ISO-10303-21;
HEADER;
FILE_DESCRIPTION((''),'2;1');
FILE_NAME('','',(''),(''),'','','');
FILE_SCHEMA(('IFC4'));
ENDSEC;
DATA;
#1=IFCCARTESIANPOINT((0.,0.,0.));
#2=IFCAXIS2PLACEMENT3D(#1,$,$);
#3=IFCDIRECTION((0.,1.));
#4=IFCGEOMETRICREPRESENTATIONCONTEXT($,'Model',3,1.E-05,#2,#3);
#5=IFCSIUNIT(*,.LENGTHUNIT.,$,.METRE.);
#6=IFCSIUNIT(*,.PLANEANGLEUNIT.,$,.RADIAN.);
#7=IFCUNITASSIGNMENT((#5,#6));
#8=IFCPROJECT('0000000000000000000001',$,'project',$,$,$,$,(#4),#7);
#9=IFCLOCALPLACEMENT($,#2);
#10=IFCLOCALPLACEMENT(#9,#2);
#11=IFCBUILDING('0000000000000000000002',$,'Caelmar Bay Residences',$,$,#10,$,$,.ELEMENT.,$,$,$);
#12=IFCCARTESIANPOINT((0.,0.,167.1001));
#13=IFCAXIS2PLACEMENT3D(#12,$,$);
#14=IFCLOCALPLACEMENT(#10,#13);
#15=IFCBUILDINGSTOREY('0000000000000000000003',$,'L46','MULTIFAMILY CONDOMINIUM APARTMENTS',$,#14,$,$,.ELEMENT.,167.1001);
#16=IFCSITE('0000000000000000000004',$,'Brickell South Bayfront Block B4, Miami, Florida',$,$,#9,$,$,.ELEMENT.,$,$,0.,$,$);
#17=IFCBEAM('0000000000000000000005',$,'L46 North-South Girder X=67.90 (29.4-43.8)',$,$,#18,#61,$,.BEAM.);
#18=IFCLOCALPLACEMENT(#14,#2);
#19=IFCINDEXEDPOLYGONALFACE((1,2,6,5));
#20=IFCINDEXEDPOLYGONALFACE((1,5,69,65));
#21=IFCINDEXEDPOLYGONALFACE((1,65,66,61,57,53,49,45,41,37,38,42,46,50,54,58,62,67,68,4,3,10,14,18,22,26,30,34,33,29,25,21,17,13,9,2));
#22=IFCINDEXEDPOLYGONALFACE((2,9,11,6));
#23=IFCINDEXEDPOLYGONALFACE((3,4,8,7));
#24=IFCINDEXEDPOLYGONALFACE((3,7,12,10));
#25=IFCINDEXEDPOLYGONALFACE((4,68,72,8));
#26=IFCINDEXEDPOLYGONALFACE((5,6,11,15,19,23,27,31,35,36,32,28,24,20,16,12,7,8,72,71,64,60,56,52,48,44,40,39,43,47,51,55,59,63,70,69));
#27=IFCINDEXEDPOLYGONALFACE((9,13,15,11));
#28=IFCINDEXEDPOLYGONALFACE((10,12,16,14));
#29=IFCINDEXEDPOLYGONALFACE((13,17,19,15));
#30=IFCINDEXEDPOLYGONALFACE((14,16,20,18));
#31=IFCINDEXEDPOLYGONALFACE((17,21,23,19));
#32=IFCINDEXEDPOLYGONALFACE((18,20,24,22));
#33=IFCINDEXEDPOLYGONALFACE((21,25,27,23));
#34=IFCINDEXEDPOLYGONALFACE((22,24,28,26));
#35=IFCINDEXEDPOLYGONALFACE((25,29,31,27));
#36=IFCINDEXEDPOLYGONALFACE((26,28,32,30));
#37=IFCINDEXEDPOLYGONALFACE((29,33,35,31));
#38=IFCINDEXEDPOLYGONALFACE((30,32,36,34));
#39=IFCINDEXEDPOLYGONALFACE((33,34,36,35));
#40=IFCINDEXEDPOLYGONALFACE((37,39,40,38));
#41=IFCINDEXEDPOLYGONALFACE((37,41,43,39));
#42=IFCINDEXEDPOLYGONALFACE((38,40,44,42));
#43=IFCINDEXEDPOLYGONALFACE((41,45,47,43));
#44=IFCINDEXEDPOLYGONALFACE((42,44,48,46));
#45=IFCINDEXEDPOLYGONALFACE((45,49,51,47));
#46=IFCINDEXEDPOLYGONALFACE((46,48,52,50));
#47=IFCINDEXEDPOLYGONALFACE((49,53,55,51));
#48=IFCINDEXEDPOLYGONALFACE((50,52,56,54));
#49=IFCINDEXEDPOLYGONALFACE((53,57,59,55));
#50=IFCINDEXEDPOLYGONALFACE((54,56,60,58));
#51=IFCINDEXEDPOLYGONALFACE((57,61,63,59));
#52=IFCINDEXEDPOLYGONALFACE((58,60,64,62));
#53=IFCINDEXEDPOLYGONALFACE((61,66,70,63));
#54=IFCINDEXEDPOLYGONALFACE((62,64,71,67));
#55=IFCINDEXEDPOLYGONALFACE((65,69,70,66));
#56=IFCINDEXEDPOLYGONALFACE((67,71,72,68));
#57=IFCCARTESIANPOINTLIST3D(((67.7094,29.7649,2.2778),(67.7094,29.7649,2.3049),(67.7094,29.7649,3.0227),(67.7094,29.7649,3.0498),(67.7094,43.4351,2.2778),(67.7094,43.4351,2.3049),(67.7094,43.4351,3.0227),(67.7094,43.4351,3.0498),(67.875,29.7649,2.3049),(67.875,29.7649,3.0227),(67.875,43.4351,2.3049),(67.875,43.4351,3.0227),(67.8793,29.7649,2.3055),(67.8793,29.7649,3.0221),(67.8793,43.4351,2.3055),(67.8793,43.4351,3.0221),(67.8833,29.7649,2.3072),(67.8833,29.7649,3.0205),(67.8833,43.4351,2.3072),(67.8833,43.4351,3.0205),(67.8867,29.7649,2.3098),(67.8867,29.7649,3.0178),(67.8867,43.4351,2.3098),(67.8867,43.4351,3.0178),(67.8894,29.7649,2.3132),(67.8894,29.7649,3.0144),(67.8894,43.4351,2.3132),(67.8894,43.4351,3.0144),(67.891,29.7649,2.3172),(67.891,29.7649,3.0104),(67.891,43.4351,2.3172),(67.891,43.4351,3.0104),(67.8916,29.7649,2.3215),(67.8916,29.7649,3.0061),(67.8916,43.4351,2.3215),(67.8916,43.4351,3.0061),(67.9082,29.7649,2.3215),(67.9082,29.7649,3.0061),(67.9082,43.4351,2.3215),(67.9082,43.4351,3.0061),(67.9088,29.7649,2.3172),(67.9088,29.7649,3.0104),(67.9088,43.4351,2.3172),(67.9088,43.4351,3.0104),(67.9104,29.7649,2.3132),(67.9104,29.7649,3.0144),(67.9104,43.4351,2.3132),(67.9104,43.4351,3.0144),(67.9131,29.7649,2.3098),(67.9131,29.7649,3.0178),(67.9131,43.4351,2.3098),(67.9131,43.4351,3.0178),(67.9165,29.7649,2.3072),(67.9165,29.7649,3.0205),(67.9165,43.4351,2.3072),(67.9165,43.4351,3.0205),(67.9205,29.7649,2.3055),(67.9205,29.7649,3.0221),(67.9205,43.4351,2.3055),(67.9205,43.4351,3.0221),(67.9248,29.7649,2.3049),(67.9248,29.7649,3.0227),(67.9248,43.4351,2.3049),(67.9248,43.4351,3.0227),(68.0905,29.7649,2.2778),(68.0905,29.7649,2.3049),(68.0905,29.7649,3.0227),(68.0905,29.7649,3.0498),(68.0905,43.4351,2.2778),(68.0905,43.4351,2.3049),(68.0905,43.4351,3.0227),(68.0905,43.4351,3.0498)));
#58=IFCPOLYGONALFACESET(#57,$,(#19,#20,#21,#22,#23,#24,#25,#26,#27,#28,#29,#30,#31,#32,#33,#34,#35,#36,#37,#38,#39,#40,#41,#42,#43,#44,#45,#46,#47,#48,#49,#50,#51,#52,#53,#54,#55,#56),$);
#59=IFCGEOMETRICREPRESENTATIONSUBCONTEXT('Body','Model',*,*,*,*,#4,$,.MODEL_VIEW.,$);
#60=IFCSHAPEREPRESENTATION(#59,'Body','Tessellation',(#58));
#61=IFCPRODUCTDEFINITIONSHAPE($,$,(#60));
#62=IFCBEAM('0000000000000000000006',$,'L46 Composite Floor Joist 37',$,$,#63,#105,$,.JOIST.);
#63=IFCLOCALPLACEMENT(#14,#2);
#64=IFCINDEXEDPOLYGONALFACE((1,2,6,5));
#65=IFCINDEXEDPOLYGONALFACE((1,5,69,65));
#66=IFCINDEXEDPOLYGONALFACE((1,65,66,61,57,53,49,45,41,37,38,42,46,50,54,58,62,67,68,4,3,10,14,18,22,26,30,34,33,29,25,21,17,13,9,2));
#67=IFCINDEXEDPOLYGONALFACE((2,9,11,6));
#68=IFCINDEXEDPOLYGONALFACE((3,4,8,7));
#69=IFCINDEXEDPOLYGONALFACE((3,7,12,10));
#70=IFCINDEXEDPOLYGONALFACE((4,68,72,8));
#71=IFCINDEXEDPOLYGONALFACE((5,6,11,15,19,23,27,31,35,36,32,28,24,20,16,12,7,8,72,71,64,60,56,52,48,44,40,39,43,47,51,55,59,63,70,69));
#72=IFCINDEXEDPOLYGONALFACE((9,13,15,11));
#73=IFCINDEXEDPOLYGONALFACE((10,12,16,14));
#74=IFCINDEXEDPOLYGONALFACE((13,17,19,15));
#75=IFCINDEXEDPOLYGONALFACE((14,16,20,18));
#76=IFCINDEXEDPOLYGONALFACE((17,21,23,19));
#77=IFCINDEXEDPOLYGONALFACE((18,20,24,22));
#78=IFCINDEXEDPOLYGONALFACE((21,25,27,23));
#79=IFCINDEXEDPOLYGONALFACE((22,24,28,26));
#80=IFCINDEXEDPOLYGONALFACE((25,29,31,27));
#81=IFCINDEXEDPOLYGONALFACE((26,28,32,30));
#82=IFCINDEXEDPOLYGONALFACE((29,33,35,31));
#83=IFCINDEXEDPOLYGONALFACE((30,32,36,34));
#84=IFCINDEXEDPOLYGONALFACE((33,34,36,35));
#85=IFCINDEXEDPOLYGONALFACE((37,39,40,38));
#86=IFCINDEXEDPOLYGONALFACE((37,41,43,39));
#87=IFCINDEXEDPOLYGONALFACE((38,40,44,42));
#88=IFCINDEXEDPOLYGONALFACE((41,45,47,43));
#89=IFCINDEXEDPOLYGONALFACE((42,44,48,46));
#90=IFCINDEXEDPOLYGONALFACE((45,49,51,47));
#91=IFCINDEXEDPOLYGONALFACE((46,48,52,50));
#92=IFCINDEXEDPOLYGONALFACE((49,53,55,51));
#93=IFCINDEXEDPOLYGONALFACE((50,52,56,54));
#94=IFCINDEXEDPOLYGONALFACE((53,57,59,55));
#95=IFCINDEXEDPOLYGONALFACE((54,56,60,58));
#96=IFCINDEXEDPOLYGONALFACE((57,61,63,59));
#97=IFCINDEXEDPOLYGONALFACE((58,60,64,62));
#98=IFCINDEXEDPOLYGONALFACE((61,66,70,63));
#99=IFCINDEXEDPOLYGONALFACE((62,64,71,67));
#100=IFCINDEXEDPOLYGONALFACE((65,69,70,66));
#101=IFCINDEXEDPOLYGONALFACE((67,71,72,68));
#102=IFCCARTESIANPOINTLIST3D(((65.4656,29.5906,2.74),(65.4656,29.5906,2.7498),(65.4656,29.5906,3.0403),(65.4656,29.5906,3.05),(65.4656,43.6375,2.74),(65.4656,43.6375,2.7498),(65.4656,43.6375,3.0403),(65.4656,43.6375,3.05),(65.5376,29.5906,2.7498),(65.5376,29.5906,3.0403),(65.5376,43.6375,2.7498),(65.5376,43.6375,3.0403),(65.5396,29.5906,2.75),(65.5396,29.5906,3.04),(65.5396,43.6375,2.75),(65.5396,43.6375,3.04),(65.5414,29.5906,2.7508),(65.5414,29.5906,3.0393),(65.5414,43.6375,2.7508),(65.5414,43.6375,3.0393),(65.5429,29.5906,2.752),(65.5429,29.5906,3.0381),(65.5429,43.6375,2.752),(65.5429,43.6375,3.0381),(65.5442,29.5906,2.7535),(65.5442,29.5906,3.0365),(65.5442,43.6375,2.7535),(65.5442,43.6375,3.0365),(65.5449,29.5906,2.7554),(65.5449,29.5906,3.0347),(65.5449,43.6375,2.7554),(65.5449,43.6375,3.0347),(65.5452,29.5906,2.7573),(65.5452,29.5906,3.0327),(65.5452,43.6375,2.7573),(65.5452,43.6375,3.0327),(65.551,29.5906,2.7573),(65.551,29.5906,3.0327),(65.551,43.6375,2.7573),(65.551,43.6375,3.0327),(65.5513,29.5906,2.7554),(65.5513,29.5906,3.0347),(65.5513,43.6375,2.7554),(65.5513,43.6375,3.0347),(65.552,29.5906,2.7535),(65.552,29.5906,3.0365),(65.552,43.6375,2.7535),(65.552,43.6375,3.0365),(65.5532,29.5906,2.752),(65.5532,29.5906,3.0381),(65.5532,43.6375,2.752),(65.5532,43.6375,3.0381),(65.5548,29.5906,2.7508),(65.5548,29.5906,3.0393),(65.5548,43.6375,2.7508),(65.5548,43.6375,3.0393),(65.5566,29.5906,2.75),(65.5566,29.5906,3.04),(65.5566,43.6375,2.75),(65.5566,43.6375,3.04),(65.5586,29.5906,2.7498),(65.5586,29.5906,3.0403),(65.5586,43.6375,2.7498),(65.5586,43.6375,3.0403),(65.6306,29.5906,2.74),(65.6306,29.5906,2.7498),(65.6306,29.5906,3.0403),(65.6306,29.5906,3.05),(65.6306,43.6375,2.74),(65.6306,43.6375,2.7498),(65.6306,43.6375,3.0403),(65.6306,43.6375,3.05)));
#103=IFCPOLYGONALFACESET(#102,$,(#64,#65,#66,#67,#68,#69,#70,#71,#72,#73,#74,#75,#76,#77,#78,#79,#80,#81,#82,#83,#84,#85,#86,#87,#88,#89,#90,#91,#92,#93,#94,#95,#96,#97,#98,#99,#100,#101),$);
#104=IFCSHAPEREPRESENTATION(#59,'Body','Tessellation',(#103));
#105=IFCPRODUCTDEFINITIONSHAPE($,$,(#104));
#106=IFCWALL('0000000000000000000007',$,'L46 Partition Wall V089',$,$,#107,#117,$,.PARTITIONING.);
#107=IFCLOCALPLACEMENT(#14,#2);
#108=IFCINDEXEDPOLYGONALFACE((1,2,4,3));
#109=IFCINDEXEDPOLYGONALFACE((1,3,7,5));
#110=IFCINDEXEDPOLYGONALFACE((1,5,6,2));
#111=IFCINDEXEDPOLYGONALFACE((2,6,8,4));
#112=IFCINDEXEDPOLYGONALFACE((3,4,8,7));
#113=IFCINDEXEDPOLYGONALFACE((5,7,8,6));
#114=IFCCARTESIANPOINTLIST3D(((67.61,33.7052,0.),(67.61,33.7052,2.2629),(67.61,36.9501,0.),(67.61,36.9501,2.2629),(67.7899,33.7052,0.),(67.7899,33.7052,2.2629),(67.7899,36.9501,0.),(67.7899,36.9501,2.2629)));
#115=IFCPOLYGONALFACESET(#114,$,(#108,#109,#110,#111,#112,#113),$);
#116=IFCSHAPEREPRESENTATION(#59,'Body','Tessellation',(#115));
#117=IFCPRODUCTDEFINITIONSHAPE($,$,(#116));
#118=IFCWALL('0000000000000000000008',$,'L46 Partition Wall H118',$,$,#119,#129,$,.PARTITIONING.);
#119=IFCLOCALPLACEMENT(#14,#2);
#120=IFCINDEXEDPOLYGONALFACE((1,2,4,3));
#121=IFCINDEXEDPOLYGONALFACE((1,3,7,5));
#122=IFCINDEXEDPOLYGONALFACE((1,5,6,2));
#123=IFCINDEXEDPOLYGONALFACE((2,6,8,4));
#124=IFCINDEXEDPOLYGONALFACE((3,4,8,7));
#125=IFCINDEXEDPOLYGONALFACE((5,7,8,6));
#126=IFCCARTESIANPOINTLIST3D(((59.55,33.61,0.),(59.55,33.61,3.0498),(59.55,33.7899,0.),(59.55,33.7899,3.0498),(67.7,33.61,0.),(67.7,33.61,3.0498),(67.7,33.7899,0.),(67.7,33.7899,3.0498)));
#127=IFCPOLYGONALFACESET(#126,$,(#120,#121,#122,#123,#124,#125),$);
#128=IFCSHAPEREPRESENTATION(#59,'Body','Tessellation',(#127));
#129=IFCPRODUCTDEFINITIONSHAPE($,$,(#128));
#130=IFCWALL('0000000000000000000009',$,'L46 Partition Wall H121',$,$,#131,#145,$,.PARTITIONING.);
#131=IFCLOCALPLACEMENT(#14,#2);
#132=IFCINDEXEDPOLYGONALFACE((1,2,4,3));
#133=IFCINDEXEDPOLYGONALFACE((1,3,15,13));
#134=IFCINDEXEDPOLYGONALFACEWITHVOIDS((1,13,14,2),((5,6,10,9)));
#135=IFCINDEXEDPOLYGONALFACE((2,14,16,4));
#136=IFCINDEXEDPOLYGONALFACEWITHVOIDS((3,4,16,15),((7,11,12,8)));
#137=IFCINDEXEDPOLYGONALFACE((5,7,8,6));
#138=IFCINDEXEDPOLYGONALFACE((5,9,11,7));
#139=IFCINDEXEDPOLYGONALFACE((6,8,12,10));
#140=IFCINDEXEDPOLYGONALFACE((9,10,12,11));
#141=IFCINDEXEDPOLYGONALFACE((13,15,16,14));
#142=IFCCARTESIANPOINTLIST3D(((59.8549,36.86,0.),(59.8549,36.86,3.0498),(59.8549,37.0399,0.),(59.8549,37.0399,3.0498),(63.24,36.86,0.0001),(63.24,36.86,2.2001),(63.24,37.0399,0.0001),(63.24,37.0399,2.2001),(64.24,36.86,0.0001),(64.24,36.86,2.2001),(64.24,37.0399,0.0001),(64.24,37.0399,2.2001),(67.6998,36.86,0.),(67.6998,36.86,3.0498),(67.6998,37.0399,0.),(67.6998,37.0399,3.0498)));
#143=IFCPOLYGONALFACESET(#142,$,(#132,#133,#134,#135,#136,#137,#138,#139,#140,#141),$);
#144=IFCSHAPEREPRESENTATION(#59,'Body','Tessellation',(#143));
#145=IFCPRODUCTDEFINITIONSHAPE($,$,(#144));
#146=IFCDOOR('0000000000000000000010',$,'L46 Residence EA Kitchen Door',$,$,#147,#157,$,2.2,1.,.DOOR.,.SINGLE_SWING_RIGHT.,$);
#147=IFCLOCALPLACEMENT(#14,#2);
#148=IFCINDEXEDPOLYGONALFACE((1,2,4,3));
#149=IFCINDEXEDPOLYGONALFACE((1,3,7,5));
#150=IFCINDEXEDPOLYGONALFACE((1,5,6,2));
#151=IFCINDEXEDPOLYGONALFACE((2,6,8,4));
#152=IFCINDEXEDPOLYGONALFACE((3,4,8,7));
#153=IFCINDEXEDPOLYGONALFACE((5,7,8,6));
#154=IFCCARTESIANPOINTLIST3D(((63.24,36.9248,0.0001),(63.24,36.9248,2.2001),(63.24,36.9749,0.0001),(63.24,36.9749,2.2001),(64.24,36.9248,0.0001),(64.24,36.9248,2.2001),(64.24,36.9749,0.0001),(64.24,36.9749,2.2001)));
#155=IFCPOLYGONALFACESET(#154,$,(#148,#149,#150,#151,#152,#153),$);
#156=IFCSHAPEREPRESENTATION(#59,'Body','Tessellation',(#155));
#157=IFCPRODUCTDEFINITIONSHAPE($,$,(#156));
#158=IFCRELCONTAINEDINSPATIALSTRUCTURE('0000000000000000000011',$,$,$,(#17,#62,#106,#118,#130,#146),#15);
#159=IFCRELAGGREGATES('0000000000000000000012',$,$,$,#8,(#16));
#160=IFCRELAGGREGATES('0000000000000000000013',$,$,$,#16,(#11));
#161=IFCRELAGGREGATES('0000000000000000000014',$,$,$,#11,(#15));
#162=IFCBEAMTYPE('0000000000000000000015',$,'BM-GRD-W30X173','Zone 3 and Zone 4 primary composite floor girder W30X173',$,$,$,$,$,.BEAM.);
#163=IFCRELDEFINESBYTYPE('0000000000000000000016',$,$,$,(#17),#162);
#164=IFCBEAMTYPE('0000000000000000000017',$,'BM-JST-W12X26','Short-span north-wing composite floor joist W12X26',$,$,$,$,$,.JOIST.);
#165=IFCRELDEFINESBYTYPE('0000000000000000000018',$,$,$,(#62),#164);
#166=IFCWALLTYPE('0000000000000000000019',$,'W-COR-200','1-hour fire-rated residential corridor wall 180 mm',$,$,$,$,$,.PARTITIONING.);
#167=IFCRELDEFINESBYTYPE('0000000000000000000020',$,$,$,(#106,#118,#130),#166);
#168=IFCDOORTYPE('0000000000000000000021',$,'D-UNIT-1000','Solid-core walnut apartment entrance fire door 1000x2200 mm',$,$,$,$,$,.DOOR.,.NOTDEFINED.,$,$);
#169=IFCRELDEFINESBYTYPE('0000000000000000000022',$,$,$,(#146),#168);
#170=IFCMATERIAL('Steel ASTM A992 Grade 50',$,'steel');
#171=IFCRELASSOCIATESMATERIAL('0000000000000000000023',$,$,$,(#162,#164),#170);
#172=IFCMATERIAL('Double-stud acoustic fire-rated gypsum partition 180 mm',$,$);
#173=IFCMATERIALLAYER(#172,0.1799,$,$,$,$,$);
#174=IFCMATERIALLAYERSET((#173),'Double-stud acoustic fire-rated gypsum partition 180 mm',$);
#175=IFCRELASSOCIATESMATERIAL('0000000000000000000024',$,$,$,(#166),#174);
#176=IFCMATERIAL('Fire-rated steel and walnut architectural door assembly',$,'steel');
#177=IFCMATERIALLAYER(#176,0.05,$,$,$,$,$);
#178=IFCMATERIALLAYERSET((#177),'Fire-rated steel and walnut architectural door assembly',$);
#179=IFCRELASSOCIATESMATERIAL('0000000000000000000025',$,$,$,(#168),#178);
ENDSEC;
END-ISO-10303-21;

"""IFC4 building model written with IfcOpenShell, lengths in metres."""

from ifc_helpers import new_model, si_unit, direction, frame, frame_2d, origin, origin_2d, place, context, subcontext, project, spatial, rectangle, i_section, extrude, material, layer, layer_set, material_profile, profile_set, type_object, element, fill, save


model = new_model("IFC4")

# Units and contexts
model_context = context("Model", 3, precision=1e-05, world=origin(), true_north=direction((0.0, 1.0)))
body_context = subcontext(model_context, "Body", "Model", "MODEL_VIEW")
ifc_project = project(units=[si_unit("LENGTHUNIT", "METRE"), si_unit("PLANEANGLEUNIT", "RADIAN")], contexts=[model_context])

# Site, building, storey
site_placement = place(None, origin())
site = spatial("IfcSite", under=ifc_project, at=site_placement, Name="Brickell South Bayfront Block B4, Miami, Florida", CompositionType="ELEMENT", RefElevation=0.0)
building_placement = place(site_placement, origin())
building = spatial("IfcBuilding", under=site, at=building_placement, Name="Caelmar Bay Residences", CompositionType="ELEMENT")
storey_placement = place(building_placement, frame((0.0, 0.0, 167.1001)))
storey = spatial("IfcBuildingStorey", under=building, at=storey_placement, Name="L46", Description="MULTIFAMILY CONDOMINIUM APARTMENTS", CompositionType="ELEMENT", Elevation=167.1001)

# Beams
ifc_material_1 = material(Name="Steel ASTM A992 Grade 50", Category="steel")
ifc_material_profile_1 = material_profile(ifc_material_1, i_section(OverallWidth=0.3811, OverallDepth=0.772, WebThickness=0.0166, FlangeThickness=0.0271, FilletRadius=0.0166, at=origin_2d()), Name="W30X173")
ifc_profile_set_1 = profile_set([ifc_material_profile_1], Name="Steel ASTM A992 Grade 50")
beam_type_1 = type_object("IfcBeamType", Name="BM-GRD-W30X173", Description="Zone 3 and Zone 4 primary composite floor girder W30X173", PredefinedType="BEAM", material=ifc_profile_set_1)
beam_1_placement = place(storey_placement, frame((67.8999, 29.7649, 2.6638), z_axis=(0.0, 1.0, 0.0), x_axis=(-1.0, 0.0, 0.0)))
element("IfcBeam", 1, at=beam_1_placement, inside=storey, type_object=beam_type_1, Name="L46 North-South Girder X=67.90 (29.4-43.8)", PredefinedType="BEAM", context=body_context, shape_type="SweptSolid", body=[
    extrude(i_section(OverallWidth=0.3811, OverallDepth=0.772, WebThickness=0.0166, FlangeThickness=0.0271, FilletRadius=0.0166, at=origin_2d()), origin(), (0.0, 0.0, 1.0), 13.6702),
])
ifc_material_profile_2 = material_profile(ifc_material_1, i_section(OverallWidth=0.165, OverallDepth=0.3101, WebThickness=0.0059, FlangeThickness=0.0098, FilletRadius=0.0076, at=origin_2d()), Name="W12X26")
ifc_profile_set_2 = profile_set([ifc_material_profile_2], Name="Steel ASTM A992 Grade 50")
beam_type_2 = type_object("IfcBeamType", Name="BM-JST-W12X26", Description="Short-span north-wing composite floor joist W12X26", PredefinedType="JOIST", material=ifc_profile_set_2)
beam_2_placement = place(storey_placement, frame((65.5481, 29.5906, 2.895), z_axis=(0.0, 1.0, 0.0), x_axis=(-1.0, 0.0, 0.0)))
element("IfcBeam", 2, at=beam_2_placement, inside=storey, type_object=beam_type_2, Name="L46 Composite Floor Joist 37", PredefinedType="JOIST", context=body_context, shape_type="SweptSolid", body=[
    extrude(i_section(OverallWidth=0.165, OverallDepth=0.3101, WebThickness=0.0059, FlangeThickness=0.0098, FilletRadius=0.0076, at=origin_2d()), origin(), (0.0, 0.0, 1.0), 14.0469),
])

# Walls
ifc_material_2 = material(Name="Double-stud acoustic fire-rated gypsum partition 180 mm")
ifc_layer_1 = layer(ifc_material_2, 0.1799)
ifc_layer_set_1 = layer_set([ifc_layer_1], Name="Double-stud acoustic fire-rated gypsum partition 180 mm")
wall_type_1 = type_object("IfcWallType", Name="W-COR-200", Description="1-hour fire-rated residential corridor wall 180 mm", PredefinedType="PARTITIONING", material=ifc_layer_set_1)
wall_1_placement = place(storey_placement, frame((67.7, 33.7051, 0.0), z_axis=(0.0, 0.0, 1.0), x_axis=(0.0, 1.0, 0.0)))
element("IfcWall", 3, at=wall_1_placement, inside=storey, type_object=wall_type_1, Name="L46 Partition Wall V089", PredefinedType="PARTITIONING", context=body_context, shape_type="SweptSolid", body=[
    extrude(rectangle(XDim=3.2449, YDim=0.1799, at=frame_2d((1.6226, 0.0))), origin(), (0.0, 0.0, 1.0), 2.2629),
])
wall_2_placement = place(storey_placement, frame((59.55, 33.7, 0.0), z_axis=(0.0, 0.0, 1.0), x_axis=(1.0, 0.0, 0.0)))
element("IfcWall", 4, at=wall_2_placement, inside=storey, type_object=wall_type_1, Name="L46 Partition Wall H118", PredefinedType="PARTITIONING", context=body_context, shape_type="SweptSolid", body=[
    extrude(rectangle(XDim=8.1499, YDim=0.1799, at=frame_2d((4.075, 0.0))), origin(), (0.0, 0.0, 1.0), 3.0498),
])

# Wall, opening, door
wall_3_placement = place(storey_placement, frame((59.855, 36.95, 0.0), z_axis=(0.0, 0.0, 1.0), x_axis=(1.0, 0.0, 0.0)))
wall_3 = element("IfcWall", 5, at=wall_3_placement, inside=storey, type_object=wall_type_1, Name="L46 Partition Wall H121", PredefinedType="PARTITIONING", context=body_context, shape_type="SweptSolid", body=[
    extrude(rectangle(XDim=7.845, YDim=0.1799, at=frame_2d((3.9224, 0.0))), origin(), (0.0, 0.0, 1.0), 3.0498),
])
opening_1_placement = place(wall_3_placement, frame((3.385, 0.0, 0.0)))
opening_1 = element("IfcOpeningElement", 6, at=opening_1_placement, cuts=wall_3, PredefinedType="OPENING", context=body_context, shape_type="SweptSolid", body=[
    extrude(rectangle(XDim=1.0, YDim=2.2, at=frame_2d((0.5, 1.1001))), frame((0.0, 0.0999, 0.0), z_axis=(0.0, -1.0, 0.0), x_axis=(1.0, 0.0, 0.0)), (0.0, 0.0, 1.0), 0.2),
])
ifc_material_3 = material(Name="Fire-rated steel and walnut architectural door assembly", Category="steel")
ifc_layer_2 = layer(ifc_material_3, 0.05)
ifc_layer_set_2 = layer_set([ifc_layer_2], Name="Fire-rated steel and walnut architectural door assembly")
door_type_1 = type_object("IfcDoorType", Name="D-UNIT-1000", Description="Solid-core walnut apartment entrance fire door 1000x2200 mm", OperationType="NOTDEFINED", PredefinedType="DOOR", material=ifc_layer_set_2)
door_1_placement = place(opening_1_placement, origin())
door_1 = element("IfcDoor", 7, at=door_1_placement, inside=storey, type_object=door_type_1, Name="L46 Residence EA Kitchen Door", OperationType="SINGLE_SWING_RIGHT", OverallHeight=2.2, OverallWidth=1.0, PredefinedType="DOOR", context=body_context, shape_type="SweptSolid", body=[
    extrude(rectangle(XDim=1.0, YDim=2.2, at=frame_2d((0.5, 1.1001))), frame((0.0, 0.0249, 0.0), z_axis=(0.0, -1.0, 0.0), x_axis=(1.0, 0.0, 0.0)), (0.0, 0.0, 1.0), 0.05),
])
fill(opening_1, door_1)

save(model, "model.ifc")
